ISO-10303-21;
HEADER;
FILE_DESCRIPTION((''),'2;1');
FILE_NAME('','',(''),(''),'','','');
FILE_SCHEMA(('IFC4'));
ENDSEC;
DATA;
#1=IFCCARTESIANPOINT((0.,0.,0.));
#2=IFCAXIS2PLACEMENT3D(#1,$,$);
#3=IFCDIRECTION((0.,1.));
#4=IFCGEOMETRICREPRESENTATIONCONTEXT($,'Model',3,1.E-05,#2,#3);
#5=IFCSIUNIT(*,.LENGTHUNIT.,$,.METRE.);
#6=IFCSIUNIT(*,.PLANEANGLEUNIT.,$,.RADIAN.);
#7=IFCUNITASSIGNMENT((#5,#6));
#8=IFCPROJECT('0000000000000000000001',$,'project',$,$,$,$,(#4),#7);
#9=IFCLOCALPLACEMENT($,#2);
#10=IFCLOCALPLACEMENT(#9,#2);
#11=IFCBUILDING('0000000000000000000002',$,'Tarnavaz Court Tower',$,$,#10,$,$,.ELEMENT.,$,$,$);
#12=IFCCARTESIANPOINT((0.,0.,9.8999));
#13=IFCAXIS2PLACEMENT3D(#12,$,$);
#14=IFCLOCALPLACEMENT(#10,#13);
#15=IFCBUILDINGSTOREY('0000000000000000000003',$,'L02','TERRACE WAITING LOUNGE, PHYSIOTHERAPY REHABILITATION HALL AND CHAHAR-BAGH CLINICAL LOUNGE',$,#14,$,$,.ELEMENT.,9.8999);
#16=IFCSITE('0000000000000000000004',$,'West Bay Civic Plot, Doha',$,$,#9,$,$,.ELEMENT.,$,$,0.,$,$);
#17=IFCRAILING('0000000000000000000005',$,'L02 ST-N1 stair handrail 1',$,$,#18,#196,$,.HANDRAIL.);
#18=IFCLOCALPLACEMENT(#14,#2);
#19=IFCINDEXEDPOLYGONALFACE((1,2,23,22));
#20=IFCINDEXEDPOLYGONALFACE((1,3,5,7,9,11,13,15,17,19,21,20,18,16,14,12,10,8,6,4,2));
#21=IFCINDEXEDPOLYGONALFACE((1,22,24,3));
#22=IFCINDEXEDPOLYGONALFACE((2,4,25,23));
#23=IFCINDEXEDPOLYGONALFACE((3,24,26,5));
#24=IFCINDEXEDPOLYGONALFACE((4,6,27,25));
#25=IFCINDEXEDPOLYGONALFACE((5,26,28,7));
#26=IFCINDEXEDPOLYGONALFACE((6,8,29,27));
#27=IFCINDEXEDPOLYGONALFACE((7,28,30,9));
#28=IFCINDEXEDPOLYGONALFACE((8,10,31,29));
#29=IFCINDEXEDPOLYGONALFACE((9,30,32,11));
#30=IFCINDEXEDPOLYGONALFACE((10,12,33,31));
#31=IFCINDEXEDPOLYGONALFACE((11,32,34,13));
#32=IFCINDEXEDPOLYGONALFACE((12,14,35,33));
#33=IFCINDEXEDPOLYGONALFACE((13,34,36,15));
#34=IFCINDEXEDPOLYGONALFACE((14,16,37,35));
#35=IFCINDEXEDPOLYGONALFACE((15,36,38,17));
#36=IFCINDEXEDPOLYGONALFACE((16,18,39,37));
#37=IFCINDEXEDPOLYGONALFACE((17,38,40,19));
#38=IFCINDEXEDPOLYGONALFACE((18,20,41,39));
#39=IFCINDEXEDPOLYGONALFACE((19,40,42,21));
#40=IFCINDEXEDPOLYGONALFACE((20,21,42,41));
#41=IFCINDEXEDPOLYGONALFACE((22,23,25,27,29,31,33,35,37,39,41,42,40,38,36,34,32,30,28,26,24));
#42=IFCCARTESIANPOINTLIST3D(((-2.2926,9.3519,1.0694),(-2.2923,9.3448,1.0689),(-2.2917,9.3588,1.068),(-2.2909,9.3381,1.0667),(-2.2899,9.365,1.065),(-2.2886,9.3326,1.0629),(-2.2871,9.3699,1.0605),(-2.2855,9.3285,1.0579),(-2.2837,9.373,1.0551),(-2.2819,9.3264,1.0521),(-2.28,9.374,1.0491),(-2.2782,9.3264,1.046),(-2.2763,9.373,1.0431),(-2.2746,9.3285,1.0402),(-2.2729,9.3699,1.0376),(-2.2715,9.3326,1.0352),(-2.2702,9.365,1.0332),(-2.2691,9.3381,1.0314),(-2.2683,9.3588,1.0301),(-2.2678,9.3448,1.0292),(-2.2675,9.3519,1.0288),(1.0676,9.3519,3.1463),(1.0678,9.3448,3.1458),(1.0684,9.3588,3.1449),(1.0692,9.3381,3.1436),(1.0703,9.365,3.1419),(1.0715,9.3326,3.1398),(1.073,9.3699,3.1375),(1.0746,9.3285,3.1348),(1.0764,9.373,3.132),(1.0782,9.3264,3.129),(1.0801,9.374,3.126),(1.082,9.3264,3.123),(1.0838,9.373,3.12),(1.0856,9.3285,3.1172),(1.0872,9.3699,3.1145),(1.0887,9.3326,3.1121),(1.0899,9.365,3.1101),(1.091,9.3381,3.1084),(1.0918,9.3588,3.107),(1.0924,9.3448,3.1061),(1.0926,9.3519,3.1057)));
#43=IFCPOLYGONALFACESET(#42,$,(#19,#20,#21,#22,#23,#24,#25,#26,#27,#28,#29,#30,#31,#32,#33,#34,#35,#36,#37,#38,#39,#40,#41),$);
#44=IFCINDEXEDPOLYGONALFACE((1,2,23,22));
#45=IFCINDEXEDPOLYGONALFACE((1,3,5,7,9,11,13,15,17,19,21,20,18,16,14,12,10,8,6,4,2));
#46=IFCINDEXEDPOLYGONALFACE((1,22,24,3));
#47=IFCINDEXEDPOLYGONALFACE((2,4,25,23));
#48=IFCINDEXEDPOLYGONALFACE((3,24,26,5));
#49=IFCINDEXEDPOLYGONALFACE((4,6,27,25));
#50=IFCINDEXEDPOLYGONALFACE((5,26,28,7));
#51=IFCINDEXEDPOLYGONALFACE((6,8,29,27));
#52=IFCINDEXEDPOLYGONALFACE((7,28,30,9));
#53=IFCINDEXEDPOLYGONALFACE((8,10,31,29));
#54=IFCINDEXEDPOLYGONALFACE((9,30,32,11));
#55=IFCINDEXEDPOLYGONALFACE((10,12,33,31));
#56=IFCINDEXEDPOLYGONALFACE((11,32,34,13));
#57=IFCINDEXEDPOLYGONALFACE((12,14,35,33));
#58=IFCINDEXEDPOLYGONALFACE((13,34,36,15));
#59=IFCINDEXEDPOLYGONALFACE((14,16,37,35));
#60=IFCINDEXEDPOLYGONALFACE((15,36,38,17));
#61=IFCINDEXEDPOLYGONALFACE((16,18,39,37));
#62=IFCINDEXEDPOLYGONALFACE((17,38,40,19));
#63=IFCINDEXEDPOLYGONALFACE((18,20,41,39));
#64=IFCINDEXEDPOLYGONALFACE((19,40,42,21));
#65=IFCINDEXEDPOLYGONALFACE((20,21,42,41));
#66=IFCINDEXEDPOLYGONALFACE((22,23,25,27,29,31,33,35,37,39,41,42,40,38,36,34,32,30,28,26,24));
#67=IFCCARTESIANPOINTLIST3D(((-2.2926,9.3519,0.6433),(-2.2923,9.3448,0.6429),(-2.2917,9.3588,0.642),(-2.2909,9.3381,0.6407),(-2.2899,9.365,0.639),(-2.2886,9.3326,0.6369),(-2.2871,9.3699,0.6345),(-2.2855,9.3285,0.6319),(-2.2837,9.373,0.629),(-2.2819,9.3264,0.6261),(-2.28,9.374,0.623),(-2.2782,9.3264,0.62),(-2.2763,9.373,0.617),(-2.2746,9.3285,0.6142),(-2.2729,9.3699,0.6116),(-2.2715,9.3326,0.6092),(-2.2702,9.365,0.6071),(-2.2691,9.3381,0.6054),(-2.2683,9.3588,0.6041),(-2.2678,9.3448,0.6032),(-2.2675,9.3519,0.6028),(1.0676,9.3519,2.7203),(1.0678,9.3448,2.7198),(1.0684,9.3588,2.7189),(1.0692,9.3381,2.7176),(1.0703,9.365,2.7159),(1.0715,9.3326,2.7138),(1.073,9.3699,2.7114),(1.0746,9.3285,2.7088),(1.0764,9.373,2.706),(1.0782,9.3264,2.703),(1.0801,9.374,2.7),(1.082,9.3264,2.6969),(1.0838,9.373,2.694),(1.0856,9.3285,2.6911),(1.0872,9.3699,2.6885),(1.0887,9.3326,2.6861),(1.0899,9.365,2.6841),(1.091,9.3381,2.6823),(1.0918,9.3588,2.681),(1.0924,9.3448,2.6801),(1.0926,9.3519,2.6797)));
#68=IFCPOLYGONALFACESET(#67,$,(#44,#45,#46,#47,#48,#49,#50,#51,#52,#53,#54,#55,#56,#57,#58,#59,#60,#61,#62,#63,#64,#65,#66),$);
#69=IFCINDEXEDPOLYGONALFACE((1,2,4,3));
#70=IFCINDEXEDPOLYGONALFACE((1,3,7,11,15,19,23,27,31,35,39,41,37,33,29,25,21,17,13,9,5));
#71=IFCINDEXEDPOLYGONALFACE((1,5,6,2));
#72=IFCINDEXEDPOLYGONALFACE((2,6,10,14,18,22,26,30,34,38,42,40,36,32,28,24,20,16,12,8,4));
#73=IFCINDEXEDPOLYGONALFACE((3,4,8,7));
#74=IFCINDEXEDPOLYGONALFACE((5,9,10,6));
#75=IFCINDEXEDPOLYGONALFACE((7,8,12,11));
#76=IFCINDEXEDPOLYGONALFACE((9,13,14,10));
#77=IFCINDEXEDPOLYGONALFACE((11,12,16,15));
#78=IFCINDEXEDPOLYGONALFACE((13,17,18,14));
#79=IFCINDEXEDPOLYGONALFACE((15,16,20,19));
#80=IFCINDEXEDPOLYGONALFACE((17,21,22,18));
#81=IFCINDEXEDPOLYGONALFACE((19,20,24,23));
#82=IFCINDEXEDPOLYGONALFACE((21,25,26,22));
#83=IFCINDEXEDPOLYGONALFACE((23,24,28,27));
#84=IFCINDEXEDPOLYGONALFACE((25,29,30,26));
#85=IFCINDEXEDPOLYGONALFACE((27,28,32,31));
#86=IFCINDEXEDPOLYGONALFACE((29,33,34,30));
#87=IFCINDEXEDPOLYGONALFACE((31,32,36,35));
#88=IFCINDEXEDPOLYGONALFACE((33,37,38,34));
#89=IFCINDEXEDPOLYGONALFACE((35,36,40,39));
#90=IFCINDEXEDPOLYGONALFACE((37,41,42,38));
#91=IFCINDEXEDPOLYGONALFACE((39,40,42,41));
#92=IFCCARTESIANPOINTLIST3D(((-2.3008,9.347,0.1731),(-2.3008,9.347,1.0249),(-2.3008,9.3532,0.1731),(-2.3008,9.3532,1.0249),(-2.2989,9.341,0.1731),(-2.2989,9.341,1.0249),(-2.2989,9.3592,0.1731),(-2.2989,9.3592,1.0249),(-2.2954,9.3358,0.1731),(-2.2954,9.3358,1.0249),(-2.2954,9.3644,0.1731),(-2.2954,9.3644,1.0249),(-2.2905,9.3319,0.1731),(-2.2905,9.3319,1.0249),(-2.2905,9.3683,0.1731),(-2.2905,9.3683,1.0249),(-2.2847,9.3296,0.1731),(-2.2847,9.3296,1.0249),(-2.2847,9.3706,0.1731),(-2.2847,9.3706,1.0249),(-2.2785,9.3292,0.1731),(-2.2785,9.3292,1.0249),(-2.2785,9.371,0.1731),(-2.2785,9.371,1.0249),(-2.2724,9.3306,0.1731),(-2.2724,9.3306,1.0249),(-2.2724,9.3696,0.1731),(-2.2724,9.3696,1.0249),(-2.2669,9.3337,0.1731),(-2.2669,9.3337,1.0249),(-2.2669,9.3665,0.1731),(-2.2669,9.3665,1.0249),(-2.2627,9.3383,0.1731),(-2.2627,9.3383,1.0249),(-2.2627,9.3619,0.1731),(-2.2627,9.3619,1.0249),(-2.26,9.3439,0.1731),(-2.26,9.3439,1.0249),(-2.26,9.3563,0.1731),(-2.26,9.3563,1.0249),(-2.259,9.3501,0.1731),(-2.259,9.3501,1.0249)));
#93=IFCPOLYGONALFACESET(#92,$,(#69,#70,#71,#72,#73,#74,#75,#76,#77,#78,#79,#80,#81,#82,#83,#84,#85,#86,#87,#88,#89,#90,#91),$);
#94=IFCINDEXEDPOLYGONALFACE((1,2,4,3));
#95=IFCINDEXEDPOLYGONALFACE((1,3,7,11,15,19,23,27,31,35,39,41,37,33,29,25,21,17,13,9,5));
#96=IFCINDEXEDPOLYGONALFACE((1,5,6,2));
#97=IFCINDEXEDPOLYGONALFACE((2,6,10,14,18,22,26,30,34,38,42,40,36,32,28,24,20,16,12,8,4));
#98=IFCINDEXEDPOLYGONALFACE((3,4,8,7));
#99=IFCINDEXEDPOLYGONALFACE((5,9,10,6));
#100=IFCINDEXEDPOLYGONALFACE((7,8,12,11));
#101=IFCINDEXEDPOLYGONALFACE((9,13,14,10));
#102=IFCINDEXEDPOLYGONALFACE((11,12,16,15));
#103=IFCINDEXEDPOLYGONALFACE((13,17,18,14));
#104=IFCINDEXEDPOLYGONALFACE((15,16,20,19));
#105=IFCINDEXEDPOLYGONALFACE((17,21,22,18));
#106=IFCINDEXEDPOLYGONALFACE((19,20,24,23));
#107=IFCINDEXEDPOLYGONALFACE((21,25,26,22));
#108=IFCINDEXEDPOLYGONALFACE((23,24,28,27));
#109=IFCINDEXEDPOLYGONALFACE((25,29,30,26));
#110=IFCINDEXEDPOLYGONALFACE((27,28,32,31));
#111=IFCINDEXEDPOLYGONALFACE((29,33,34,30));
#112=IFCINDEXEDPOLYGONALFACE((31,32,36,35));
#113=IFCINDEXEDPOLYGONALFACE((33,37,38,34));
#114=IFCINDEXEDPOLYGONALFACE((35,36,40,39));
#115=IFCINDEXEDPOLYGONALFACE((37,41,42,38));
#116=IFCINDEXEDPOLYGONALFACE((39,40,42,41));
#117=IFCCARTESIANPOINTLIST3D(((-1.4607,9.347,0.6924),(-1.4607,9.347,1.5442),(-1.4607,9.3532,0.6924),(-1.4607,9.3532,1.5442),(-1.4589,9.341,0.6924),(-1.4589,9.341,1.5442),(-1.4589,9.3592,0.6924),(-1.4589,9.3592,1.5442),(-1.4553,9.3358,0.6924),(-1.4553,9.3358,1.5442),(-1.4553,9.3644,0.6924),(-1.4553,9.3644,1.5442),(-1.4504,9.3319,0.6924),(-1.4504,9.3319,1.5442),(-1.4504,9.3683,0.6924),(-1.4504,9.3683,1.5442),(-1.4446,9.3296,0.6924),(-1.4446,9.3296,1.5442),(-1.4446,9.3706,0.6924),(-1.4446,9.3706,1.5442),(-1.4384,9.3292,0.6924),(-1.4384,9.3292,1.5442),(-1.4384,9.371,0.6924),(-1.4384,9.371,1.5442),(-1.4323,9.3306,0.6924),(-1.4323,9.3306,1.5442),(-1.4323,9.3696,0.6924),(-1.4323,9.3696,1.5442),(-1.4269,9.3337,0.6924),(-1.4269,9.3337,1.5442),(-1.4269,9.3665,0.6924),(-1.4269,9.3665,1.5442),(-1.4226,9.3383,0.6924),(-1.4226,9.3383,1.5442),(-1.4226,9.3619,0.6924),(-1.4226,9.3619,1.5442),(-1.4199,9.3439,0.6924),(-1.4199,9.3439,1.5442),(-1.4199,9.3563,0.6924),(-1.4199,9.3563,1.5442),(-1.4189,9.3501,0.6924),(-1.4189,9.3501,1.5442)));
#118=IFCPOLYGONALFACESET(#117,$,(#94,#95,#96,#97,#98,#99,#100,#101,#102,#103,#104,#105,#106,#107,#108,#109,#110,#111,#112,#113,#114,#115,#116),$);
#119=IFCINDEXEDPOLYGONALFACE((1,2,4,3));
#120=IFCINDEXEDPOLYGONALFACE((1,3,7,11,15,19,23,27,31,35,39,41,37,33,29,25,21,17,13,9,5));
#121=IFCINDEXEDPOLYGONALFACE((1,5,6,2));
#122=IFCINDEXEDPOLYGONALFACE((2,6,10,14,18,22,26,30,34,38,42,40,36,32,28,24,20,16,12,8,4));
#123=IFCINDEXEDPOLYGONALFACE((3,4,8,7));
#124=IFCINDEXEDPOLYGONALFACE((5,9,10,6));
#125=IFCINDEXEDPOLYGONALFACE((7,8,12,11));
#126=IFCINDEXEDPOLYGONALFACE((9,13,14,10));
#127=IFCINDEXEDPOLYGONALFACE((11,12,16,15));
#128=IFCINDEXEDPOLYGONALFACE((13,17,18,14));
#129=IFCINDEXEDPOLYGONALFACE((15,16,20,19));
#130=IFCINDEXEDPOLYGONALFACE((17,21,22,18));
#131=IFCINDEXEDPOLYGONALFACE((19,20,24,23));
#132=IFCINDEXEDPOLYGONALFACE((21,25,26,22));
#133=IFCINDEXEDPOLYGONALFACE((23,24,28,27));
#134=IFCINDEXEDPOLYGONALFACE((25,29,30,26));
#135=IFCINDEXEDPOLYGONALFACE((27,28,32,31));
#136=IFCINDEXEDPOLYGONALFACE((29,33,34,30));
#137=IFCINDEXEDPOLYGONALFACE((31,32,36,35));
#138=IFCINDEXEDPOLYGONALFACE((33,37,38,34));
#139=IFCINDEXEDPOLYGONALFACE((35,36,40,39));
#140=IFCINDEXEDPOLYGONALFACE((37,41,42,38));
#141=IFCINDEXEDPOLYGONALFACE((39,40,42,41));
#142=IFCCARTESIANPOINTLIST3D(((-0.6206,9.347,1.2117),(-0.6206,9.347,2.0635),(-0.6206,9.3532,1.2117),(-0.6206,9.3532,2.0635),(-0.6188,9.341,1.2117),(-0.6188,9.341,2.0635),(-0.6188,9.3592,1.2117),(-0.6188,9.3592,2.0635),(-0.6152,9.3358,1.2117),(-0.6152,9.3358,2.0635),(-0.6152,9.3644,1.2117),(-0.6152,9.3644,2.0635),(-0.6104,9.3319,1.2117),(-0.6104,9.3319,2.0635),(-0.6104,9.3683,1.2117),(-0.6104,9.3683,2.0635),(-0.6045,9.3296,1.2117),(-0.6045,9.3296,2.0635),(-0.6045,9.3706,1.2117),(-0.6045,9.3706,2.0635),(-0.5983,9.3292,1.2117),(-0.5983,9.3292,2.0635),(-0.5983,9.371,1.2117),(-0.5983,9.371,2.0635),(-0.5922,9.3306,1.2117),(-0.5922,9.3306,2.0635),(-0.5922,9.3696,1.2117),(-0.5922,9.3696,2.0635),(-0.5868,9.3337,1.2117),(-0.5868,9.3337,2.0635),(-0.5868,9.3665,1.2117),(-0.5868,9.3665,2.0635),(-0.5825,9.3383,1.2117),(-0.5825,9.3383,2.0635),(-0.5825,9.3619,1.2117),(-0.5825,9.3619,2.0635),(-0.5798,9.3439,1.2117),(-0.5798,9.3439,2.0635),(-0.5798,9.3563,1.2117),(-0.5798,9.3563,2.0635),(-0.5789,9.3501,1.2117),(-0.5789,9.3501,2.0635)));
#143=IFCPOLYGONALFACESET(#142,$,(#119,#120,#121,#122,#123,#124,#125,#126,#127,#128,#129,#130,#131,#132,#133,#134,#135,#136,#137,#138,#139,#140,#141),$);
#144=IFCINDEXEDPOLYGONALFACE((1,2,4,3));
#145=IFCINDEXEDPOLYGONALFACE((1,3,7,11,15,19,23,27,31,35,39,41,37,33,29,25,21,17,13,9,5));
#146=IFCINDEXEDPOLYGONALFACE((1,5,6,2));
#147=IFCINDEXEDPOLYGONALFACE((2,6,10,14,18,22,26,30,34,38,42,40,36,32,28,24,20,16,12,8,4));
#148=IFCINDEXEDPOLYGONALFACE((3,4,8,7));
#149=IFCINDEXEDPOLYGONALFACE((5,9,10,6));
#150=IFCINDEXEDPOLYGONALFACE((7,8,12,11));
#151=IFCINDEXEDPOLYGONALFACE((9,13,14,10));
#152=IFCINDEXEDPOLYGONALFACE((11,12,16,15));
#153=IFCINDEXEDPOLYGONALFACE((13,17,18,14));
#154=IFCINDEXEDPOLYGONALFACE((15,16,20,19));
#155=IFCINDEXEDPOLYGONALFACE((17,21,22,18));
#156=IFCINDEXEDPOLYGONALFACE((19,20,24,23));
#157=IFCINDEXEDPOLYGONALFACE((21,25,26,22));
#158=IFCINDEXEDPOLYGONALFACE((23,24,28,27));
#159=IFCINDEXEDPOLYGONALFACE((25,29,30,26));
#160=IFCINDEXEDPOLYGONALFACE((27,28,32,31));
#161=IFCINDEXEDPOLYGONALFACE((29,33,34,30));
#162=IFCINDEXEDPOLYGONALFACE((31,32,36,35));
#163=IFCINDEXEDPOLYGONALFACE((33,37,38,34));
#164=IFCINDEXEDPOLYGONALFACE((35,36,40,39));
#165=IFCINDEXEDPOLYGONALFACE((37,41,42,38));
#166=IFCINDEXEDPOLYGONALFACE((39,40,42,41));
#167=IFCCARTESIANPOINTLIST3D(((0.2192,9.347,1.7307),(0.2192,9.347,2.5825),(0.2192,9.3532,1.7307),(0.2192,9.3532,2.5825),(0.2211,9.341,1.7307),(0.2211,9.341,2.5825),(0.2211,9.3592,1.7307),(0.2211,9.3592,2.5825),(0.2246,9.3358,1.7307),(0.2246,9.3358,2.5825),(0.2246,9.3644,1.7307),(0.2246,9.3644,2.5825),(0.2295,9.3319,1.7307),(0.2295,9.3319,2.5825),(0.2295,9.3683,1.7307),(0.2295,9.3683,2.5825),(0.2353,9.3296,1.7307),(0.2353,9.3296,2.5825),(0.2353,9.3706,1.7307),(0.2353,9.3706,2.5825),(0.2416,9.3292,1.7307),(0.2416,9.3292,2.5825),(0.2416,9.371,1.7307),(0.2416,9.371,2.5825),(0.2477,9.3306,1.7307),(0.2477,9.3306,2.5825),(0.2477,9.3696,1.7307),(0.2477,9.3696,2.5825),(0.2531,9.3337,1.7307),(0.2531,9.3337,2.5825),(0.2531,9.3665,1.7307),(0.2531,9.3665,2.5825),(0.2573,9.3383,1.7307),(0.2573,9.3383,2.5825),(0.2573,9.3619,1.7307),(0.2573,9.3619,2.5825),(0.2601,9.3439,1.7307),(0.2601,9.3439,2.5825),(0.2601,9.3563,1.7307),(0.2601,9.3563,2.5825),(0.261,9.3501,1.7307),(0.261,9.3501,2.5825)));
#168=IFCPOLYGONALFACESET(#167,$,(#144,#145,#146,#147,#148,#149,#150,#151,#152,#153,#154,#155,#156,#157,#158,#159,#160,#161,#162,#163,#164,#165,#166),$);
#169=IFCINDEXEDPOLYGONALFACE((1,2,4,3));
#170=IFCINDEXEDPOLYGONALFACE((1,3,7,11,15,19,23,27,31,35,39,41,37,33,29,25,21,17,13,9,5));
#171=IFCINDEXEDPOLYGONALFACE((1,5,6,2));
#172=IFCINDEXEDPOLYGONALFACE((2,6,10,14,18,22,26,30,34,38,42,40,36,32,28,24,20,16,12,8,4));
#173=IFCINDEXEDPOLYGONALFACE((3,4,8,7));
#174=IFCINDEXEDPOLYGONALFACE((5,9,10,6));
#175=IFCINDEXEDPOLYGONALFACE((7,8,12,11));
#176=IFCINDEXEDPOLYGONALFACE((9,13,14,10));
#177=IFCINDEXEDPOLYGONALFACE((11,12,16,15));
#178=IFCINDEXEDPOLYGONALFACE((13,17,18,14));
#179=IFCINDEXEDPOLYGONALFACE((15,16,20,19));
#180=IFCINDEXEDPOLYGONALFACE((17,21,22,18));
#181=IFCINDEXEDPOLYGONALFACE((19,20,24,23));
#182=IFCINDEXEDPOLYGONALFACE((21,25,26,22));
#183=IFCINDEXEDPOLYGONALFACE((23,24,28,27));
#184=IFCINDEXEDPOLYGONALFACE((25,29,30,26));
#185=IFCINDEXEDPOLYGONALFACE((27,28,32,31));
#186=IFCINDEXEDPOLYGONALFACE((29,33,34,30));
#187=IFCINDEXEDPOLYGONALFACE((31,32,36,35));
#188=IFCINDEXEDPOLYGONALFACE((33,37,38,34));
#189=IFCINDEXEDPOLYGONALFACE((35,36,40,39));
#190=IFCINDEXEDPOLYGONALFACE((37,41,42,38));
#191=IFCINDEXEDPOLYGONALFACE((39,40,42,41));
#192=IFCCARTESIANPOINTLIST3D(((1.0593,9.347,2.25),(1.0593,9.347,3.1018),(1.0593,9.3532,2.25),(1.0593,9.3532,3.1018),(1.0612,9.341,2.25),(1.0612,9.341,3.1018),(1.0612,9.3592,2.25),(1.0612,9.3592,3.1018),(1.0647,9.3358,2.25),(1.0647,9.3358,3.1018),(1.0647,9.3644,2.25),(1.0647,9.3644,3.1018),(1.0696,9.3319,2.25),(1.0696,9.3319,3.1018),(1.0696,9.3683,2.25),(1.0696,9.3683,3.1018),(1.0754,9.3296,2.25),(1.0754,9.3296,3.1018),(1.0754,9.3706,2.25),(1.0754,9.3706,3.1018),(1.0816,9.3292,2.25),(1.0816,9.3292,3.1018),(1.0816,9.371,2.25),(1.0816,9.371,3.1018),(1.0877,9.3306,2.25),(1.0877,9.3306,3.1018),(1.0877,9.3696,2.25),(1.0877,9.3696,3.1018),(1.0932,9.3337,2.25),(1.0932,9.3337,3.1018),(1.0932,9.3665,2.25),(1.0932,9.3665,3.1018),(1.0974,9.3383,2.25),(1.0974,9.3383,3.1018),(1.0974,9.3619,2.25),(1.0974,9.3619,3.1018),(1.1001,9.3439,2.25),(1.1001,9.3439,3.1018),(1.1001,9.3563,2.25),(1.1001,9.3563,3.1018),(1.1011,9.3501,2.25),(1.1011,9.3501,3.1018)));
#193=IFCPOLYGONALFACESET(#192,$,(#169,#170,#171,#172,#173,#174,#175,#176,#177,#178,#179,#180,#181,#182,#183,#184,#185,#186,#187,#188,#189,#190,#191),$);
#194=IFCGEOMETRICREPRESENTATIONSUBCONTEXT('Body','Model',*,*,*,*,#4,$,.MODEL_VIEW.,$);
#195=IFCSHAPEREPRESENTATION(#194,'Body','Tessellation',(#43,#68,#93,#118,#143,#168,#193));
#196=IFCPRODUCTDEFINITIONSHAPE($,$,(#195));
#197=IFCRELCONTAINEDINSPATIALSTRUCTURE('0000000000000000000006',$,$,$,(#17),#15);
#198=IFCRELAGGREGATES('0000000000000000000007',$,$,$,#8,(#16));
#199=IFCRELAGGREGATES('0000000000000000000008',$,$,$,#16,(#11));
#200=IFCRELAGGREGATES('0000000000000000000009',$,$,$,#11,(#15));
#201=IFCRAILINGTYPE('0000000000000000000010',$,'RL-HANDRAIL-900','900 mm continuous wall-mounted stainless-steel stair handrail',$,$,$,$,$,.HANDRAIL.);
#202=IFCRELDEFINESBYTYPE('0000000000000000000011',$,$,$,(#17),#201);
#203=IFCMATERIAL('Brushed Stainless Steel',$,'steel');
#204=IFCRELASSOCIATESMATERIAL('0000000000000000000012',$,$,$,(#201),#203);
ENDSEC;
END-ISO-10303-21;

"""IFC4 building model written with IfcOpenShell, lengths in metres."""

from ifc_helpers import new_model, si_unit, direction, frame, origin, origin_2d, place, context, subcontext, project, spatial, circle, extrude, material, type_object, element, save


model = new_model("IFC4")

# Units and contexts
model_context = context("Model", 3, precision=1e-05, world=origin(), true_north=direction((0.0, 1.0)))
body_context = subcontext(model_context, "Body", "Model", "MODEL_VIEW")
ifc_project = project(units=[si_unit("LENGTHUNIT", "METRE"), si_unit("PLANEANGLEUNIT", "RADIAN")], contexts=[model_context])

# Site, building, storey
site_placement = place(None, origin())
site = spatial("IfcSite", under=ifc_project, at=site_placement, Name="West Bay Civic Plot, Doha", CompositionType="ELEMENT", RefElevation=0.0)
building_placement = place(site_placement, origin())
building = spatial("IfcBuilding", under=site, at=building_placement, Name="Tarnavaz Court Tower", CompositionType="ELEMENT")
storey_placement = place(building_placement, frame((0.0, 0.0, 9.8999)))
storey = spatial("IfcBuildingStorey", under=building, at=storey_placement, Name="L02", Description="TERRACE WAITING LOUNGE, PHYSIOTHERAPY REHABILITATION HALL AND CHAHAR-BAGH CLINICAL LOUNGE", CompositionType="ELEMENT", Elevation=9.8999)

# Railing
ifc_material_1 = material(Name="Brushed Stainless Steel", Category="steel")
railing_type_1 = type_object("IfcRailingType", Name="RL-HANDRAIL-900", Description="900 mm continuous wall-mounted stainless-steel stair handrail", PredefinedType="HANDRAIL", material=ifc_material_1)
railing_1_placement = place(storey_placement, frame((-2.28, 9.3501, 0.1731)))
element("IfcRailing", 1, at=railing_1_placement, inside=storey, type_object=railing_type_1, Name="L02 ST-N1 stair handrail 1", PredefinedType="HANDRAIL", context=body_context, shape_type="SweptSolid", body=[
    extrude(circle(Radius=0.0239, at=origin_2d()), frame((0.0, 0.0, 0.876), z_axis=(0.850623, 0.0, 0.525776), x_axis=(0.0, 1.0, 0.0)), (0.0, 0.0, 1.0), 3.9502),
    extrude(circle(Radius=0.0239, at=origin_2d()), frame((0.0, 0.0, 0.45), z_axis=(0.850623, 0.0, 0.525776), x_axis=(0.0, 1.0, 0.0)), (0.0, 0.0, 1.0), 3.9502),
    extrude(circle(Radius=0.021, at=origin_2d()), origin(), (0.0, 0.0, 1.0), 0.8518),
    extrude(circle(Radius=0.021, at=origin_2d()), frame((0.8401, 0.0, 0.5193)), (0.0, 0.0, 1.0), 0.8518),
    extrude(circle(Radius=0.021, at=origin_2d()), frame((1.6802, 0.0, 1.0386)), (0.0, 0.0, 1.0), 0.8518),
    extrude(circle(Radius=0.021, at=origin_2d()), frame((2.52, 0.0, 1.5576)), (0.0, 0.0, 1.0), 0.8518),
    extrude(circle(Radius=0.021, at=origin_2d()), frame((3.3601, 0.0, 2.0769)), (0.0, 0.0, 1.0), 0.8518),
])

save(model, "model.ifc")
